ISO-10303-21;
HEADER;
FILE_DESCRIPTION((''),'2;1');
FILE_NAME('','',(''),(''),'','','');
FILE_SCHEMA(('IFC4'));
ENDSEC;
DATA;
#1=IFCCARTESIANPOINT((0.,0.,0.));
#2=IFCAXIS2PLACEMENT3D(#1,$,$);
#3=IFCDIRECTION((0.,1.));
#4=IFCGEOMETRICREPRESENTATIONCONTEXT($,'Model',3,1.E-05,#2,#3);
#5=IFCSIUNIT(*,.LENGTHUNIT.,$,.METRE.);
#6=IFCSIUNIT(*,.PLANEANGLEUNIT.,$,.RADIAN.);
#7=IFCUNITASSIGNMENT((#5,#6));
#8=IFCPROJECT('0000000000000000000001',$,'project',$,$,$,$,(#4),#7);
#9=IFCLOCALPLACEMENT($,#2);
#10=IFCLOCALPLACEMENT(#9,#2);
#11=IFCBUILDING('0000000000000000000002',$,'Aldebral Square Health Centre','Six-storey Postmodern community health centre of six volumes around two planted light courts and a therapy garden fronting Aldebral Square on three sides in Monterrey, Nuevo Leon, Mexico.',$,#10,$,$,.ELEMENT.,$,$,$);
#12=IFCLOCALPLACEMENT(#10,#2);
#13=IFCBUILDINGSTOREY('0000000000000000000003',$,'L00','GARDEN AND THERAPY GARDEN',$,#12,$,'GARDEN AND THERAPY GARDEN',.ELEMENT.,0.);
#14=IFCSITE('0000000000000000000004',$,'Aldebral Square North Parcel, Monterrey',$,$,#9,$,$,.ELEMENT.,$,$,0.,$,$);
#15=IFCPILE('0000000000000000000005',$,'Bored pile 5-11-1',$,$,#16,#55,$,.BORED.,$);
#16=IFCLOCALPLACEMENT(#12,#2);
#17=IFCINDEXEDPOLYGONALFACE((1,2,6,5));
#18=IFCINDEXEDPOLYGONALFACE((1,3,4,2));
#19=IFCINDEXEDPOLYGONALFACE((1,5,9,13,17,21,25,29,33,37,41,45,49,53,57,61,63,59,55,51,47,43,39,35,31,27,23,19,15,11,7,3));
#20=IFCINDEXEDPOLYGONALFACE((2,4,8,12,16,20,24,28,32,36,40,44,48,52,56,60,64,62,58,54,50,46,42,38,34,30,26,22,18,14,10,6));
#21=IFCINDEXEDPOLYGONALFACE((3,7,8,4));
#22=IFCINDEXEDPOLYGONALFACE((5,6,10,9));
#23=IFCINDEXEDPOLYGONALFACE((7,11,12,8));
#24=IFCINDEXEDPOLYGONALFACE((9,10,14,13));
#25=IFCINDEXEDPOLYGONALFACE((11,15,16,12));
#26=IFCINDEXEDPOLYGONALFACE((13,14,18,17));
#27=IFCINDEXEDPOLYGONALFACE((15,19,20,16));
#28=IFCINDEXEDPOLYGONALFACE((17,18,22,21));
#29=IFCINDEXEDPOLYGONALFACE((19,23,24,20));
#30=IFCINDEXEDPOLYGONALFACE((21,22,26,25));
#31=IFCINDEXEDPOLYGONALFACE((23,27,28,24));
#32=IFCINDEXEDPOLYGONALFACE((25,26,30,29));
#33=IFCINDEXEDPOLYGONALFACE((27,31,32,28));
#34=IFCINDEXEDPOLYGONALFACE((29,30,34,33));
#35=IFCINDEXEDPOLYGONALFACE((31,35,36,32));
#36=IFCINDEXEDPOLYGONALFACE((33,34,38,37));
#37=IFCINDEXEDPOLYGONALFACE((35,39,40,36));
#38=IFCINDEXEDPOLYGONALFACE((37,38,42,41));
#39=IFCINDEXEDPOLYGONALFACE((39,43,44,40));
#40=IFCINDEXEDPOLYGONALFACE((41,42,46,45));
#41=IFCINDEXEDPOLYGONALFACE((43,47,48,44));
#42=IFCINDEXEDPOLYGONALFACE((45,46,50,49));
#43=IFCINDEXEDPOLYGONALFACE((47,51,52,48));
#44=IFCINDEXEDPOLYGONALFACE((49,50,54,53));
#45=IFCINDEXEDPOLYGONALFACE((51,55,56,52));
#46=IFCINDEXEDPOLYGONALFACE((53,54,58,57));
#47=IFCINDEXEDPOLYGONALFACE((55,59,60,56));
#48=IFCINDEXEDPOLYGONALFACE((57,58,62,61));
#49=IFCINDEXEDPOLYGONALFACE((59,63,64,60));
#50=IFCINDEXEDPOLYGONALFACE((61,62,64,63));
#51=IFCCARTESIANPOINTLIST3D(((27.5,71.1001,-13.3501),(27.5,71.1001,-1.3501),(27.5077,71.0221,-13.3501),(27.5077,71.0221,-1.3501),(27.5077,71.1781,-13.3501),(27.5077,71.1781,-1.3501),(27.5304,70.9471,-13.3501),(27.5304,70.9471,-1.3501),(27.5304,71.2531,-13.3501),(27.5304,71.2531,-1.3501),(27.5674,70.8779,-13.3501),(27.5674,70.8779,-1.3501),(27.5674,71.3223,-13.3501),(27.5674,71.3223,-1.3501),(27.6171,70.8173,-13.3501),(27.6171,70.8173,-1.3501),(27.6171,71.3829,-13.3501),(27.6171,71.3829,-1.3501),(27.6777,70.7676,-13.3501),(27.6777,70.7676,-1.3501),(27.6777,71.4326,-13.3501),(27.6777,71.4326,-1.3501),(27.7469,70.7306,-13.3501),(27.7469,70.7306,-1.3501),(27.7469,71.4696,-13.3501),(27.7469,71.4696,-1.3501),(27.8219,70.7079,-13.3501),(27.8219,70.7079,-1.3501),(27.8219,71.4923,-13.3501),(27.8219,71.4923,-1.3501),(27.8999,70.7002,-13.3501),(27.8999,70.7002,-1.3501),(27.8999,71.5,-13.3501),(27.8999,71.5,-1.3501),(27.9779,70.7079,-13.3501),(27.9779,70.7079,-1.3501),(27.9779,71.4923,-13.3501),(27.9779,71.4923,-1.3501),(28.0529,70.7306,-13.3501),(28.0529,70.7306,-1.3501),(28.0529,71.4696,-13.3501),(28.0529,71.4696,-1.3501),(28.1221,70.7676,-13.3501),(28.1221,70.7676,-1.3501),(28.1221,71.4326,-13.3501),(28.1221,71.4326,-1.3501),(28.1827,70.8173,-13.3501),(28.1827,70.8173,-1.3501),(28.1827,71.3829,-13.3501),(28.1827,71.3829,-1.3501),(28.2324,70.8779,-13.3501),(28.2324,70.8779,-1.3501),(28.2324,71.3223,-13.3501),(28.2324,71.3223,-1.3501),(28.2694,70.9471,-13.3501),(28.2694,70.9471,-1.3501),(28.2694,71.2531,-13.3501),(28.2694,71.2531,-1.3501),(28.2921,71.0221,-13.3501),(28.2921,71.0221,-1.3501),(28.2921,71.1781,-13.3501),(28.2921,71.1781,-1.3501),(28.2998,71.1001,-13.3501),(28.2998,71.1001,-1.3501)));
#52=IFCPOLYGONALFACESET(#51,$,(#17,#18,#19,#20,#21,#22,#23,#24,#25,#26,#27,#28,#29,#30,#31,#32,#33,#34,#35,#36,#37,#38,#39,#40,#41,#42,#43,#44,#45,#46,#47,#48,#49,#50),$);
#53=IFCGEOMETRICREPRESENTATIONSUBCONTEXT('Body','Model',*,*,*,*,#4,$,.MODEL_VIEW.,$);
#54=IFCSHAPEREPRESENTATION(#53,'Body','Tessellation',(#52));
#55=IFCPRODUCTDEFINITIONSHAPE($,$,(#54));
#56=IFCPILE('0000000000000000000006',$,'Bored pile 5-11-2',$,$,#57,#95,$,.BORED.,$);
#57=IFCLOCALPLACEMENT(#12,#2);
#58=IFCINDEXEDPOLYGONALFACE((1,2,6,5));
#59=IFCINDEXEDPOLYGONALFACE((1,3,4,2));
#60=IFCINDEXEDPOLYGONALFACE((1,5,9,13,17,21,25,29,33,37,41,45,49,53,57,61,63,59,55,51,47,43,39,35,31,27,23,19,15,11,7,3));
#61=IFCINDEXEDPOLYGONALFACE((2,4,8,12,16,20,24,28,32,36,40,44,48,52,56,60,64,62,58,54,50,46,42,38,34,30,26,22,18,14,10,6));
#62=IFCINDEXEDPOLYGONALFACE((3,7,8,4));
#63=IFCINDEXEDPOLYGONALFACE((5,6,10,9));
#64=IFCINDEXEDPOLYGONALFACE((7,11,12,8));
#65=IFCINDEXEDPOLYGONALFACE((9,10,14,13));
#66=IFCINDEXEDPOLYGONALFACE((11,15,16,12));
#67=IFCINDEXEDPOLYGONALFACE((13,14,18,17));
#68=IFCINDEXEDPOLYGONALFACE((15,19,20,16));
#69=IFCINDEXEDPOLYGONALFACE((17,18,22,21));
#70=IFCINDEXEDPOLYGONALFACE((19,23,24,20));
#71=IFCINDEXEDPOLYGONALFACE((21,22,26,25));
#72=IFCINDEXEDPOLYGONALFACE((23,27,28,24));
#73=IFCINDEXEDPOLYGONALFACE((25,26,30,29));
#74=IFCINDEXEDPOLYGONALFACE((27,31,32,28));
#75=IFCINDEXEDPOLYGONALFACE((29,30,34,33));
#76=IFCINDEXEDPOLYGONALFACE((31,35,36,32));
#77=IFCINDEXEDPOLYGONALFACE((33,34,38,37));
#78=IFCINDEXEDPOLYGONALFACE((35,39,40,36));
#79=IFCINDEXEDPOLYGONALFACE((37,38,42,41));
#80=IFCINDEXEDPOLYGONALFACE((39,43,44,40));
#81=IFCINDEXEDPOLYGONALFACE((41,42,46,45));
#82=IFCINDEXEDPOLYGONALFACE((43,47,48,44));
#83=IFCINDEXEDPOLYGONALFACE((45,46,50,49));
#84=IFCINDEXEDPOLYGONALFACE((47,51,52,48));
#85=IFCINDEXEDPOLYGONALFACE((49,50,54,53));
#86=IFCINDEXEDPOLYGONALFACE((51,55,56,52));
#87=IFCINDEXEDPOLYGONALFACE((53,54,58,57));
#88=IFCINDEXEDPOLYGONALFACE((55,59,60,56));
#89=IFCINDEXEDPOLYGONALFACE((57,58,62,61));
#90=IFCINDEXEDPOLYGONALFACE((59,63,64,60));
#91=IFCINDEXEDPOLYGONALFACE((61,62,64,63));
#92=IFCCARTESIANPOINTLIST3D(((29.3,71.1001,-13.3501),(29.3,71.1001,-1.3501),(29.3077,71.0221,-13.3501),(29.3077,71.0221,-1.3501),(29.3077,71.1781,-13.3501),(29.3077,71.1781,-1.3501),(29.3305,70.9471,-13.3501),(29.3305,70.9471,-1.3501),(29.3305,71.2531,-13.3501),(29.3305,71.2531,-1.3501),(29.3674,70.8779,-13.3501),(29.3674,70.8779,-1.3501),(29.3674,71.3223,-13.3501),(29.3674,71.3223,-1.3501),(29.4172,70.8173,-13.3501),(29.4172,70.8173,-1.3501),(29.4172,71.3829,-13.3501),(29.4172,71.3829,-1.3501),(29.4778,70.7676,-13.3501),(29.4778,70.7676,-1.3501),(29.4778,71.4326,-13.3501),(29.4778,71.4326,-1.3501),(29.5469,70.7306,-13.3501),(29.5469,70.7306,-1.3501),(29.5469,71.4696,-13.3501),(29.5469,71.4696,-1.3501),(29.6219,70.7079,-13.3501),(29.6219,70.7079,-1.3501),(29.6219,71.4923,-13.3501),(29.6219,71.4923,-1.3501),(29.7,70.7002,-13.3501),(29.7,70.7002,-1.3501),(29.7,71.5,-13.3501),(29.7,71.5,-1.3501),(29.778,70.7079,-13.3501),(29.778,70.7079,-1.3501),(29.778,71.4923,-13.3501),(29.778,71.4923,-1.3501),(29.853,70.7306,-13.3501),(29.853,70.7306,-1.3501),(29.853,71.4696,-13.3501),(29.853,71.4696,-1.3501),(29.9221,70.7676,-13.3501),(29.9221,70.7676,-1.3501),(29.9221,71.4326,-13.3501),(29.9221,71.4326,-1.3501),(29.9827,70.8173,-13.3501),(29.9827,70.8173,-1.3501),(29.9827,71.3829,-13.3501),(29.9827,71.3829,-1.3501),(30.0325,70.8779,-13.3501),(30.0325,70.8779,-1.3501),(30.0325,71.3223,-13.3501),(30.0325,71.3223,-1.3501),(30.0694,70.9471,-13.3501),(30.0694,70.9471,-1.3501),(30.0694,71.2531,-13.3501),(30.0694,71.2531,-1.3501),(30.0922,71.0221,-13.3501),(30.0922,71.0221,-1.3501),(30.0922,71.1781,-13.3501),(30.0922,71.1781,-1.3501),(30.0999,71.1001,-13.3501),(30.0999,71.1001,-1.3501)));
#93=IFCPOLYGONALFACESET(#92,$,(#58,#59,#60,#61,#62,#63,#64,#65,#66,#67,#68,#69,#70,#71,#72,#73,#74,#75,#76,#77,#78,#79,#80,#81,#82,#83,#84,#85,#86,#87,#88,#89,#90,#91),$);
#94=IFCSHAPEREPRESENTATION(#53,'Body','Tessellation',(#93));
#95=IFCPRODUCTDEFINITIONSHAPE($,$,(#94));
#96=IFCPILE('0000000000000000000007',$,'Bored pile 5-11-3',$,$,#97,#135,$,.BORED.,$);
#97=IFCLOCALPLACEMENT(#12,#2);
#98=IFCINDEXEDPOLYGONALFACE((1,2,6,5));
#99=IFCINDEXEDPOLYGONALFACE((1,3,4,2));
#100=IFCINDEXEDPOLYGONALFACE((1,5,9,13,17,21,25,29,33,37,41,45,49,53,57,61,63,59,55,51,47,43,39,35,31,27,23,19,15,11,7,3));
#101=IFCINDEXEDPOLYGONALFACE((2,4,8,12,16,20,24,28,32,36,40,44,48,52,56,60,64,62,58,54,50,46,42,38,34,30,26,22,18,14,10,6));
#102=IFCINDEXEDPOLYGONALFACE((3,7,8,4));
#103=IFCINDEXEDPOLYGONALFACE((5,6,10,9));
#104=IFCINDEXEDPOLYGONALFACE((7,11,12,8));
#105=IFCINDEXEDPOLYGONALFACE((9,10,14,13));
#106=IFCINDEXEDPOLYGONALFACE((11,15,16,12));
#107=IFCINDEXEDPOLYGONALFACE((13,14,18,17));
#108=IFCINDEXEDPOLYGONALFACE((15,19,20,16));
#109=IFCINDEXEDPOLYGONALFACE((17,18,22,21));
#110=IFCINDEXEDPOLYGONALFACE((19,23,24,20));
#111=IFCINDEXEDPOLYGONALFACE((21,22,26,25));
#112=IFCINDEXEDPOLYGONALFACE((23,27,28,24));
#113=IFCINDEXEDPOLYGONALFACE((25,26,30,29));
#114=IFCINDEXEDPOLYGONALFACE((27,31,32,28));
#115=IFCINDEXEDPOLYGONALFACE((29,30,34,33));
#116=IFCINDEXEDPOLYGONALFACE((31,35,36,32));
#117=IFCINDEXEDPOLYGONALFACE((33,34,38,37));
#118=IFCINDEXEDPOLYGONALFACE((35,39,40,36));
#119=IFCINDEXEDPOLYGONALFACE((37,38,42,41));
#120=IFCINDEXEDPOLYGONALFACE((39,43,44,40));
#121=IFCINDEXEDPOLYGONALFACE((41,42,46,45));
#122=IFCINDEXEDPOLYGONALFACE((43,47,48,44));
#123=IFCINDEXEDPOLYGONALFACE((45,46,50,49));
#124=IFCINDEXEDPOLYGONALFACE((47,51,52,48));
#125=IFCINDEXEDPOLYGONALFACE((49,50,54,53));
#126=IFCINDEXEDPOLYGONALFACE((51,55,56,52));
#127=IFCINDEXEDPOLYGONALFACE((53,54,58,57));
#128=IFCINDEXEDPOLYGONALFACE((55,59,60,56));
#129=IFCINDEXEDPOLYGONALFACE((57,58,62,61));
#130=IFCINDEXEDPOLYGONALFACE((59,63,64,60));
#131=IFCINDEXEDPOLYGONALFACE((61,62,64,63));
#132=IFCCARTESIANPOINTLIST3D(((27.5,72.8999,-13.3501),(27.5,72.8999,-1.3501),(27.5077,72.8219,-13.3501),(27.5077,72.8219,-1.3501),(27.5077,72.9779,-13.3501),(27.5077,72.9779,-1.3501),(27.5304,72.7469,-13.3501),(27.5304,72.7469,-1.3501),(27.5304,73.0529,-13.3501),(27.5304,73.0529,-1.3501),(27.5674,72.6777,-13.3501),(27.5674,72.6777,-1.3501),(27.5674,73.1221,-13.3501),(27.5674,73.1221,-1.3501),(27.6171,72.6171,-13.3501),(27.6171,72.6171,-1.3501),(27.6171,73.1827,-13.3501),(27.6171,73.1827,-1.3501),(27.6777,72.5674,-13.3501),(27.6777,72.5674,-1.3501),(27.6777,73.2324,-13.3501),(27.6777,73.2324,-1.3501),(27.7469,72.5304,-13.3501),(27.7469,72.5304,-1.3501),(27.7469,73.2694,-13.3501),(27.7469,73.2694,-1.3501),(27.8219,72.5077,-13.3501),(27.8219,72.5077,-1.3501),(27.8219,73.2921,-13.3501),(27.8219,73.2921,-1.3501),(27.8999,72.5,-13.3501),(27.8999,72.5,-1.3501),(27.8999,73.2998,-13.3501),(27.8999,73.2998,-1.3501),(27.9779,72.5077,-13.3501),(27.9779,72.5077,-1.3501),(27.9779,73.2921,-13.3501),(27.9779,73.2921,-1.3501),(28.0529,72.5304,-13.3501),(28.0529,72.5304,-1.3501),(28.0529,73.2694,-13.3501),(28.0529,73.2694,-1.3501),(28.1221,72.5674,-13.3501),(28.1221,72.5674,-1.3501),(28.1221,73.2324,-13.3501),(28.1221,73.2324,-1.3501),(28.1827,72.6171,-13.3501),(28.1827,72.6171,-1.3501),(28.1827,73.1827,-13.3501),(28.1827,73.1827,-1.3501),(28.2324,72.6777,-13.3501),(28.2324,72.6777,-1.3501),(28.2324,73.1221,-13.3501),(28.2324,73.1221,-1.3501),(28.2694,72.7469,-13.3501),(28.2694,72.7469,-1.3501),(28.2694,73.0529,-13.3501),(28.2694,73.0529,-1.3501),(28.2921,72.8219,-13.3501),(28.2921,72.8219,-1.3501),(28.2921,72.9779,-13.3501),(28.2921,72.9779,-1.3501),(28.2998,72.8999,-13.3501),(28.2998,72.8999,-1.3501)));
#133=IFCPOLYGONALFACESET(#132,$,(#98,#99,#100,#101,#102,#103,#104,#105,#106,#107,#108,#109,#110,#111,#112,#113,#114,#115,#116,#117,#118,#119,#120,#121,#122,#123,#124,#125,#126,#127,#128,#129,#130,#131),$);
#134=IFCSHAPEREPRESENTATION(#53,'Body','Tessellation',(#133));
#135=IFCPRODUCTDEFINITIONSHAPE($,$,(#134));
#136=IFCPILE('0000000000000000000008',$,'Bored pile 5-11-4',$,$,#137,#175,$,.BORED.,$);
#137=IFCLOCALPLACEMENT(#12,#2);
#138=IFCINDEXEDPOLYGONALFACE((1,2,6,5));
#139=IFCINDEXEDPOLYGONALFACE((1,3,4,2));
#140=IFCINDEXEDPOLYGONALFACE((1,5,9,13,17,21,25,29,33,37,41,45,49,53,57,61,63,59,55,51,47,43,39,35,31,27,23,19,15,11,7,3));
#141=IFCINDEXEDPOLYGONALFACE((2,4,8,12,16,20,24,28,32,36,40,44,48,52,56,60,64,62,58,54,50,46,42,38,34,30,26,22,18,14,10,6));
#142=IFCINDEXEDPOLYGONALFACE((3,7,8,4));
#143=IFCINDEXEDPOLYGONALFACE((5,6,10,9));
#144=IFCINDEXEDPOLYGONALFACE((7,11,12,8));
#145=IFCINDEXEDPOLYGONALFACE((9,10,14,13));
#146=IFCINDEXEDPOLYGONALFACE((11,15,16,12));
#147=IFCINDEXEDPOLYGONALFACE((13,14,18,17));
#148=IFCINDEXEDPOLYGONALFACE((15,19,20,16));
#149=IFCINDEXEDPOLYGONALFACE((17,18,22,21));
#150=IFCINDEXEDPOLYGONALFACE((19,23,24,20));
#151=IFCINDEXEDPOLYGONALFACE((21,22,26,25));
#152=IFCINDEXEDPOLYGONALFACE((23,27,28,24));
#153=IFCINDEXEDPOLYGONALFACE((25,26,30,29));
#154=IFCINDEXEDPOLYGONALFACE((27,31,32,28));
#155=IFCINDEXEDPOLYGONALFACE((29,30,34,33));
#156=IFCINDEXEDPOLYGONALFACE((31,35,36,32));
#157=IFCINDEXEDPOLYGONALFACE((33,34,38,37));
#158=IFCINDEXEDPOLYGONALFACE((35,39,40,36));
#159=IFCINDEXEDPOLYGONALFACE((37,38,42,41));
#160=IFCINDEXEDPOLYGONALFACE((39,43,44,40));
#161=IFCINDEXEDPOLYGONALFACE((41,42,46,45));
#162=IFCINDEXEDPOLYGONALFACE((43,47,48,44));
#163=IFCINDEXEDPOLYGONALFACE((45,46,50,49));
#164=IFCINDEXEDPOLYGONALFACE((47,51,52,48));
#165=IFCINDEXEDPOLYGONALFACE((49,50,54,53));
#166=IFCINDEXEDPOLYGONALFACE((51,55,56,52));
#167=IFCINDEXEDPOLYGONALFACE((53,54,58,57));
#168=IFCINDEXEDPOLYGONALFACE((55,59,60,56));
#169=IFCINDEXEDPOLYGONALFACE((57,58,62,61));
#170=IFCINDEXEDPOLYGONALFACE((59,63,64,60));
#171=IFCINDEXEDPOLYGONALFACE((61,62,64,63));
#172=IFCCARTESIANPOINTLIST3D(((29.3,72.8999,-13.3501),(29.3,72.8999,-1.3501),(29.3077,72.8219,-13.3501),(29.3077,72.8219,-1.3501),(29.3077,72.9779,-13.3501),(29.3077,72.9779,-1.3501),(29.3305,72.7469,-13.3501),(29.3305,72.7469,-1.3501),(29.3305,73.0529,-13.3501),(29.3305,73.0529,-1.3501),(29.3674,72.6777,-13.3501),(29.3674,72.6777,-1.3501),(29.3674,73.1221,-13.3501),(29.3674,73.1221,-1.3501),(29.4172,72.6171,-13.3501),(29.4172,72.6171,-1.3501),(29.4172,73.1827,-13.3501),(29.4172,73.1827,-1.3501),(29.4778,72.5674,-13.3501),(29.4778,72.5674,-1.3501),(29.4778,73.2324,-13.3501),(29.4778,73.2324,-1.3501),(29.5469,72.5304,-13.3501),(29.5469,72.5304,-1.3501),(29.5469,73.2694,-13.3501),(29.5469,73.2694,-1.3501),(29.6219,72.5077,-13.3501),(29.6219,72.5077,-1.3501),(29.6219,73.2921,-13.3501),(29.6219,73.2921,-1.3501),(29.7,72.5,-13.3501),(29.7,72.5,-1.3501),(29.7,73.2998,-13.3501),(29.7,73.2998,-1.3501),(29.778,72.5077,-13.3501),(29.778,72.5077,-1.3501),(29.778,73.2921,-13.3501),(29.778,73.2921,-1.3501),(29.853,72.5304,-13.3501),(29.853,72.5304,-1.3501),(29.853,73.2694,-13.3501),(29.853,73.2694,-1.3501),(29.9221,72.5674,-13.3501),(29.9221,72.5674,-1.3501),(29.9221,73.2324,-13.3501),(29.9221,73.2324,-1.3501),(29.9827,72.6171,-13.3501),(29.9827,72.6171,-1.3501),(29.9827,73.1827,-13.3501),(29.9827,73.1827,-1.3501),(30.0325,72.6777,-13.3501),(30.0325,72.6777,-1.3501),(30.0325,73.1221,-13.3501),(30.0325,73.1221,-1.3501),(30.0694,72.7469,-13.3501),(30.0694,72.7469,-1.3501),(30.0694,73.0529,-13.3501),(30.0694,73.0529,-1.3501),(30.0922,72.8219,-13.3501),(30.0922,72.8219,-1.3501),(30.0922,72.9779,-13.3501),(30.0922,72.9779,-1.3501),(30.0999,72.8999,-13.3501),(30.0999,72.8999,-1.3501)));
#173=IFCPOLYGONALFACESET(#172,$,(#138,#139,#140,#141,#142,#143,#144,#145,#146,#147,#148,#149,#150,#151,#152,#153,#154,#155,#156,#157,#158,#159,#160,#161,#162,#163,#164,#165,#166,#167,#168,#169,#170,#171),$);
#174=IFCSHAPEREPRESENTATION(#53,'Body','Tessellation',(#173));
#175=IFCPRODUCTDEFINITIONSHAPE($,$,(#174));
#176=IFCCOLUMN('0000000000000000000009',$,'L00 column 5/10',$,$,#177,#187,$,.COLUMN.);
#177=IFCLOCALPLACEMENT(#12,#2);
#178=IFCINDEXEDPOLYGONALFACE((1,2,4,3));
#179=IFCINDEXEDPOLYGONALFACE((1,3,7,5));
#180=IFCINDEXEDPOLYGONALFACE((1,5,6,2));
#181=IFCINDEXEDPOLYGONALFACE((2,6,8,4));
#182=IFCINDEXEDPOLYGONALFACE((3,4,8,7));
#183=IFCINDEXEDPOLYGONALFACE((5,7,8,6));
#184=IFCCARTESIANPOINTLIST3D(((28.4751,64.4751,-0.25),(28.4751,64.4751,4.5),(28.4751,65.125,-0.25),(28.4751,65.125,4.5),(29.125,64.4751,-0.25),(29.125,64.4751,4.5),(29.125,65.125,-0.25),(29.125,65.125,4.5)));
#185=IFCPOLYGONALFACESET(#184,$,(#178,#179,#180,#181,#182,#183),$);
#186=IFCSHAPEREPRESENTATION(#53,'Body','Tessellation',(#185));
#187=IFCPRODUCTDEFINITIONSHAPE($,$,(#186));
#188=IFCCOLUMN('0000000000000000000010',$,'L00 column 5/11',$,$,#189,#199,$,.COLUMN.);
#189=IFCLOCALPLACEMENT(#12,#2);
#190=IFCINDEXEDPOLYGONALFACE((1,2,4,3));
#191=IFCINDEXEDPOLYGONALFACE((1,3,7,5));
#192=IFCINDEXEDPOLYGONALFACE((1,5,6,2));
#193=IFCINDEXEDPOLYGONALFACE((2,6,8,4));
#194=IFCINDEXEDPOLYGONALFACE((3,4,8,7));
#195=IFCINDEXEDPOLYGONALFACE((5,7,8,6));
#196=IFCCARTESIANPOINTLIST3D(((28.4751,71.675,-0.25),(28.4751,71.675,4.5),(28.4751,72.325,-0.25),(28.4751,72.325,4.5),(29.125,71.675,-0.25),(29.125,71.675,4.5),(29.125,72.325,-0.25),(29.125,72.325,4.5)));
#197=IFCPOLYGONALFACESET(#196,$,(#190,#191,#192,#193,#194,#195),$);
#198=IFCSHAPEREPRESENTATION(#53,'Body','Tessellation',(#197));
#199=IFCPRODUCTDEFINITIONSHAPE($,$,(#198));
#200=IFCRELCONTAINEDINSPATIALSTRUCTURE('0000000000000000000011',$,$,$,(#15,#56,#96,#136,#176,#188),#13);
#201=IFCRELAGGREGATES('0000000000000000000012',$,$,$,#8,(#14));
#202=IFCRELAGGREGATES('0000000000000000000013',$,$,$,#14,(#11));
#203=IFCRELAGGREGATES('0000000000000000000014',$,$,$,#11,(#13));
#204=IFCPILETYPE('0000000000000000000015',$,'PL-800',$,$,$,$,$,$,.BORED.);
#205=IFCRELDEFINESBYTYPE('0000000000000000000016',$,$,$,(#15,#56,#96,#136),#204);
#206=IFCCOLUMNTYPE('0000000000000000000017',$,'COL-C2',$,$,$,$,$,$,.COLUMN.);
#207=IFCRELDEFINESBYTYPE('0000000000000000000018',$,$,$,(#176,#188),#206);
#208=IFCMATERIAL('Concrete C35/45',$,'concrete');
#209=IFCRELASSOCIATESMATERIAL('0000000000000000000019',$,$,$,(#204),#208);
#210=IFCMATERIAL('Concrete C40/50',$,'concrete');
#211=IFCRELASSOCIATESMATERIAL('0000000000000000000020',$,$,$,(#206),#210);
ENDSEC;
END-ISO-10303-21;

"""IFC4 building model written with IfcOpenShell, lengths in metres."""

from ifc_helpers import new_model, si_unit, direction, frame, origin, origin_2d, place, context, subcontext, project, spatial, rectangle, circle, extrude, material, material_profile, profile_set, type_object, element, save


model = new_model("IFC4")

# Units and contexts
model_context = context("Model", 3, precision=1e-05, world=origin(), true_north=direction((0.0, 1.0)))
body_context = subcontext(model_context, "Body", "Model", "MODEL_VIEW")
ifc_project = project(units=[si_unit("LENGTHUNIT", "METRE"), si_unit("PLANEANGLEUNIT", "RADIAN")], contexts=[model_context])

# Site, building, storey
site_placement = place(None, origin())
site = spatial("IfcSite", under=ifc_project, at=site_placement, Name="Aldebral Square North Parcel, Monterrey", CompositionType="ELEMENT", RefElevation=0.0)
building_placement = place(site_placement, origin())
building = spatial("IfcBuilding", under=site, at=building_placement, Name="Aldebral Square Health Centre", Description="Six-storey Postmodern community health centre of six volumes around two planted light courts and a therapy garden fronting Aldebral Square on three sides in Monterrey, Nuevo Leon, Mexico.", CompositionType="ELEMENT")
storey_placement = place(building_placement, origin())
storey = spatial("IfcBuildingStorey", under=building, at=storey_placement, Name="L00", Description="GARDEN AND THERAPY GARDEN", LongName="GARDEN AND THERAPY GARDEN", CompositionType="ELEMENT", Elevation=0.0)

# Shared definitions
ifc_material_1 = material(Name="Concrete C35/45", Category="concrete")

# Piles
ifc_material_profile_1 = material_profile(ifc_material_1, circle(Radius=0.3999, at=origin_2d()), Name="PILE D800")
ifc_profile_set_1 = profile_set([ifc_material_profile_1], Name="Concrete C35/45")
pile_type_1 = type_object("IfcPileType", Name="PL-800", PredefinedType="BORED", material=ifc_profile_set_1)
for number, where, z_axis, x_axis, name in (
    (1, (27.8999, 71.1001, -1.3501), (0.0, 0.0, -1.0), (1.0, 0.0, 0.0), "Bored pile 5-11-1"),
    (2, (29.7, 71.1001, -1.3501), (0.0, 0.0, -1.0), (1.0, 0.0, 0.0), "Bored pile 5-11-2"),
    (3, (27.8999, 72.8999, -1.3501), (0.0, 0.0, -1.0), (1.0, 0.0, 0.0), "Bored pile 5-11-3"),
    (4, (29.7, 72.8999, -1.3501), (0.0, 0.0, -1.0), (1.0, 0.0, 0.0), "Bored pile 5-11-4"),
):
    element("IfcPile", number, at=place(storey_placement, frame(where, z_axis=z_axis, x_axis=x_axis)), inside=storey, type_object=pile_type_1, Name=name, PredefinedType="BORED", context=body_context, shape_type="SweptSolid", body=[
        extrude(circle(Radius=0.3999, at=origin_2d()), origin(), (0.0, 0.0, 1.0), 12.0),
    ])

# Columns
ifc_material_2 = material(Name="Concrete C40/50", Category="concrete")
ifc_material_profile_2 = material_profile(ifc_material_2, rectangle(XDim=0.6499, YDim=0.6499, at=origin_2d()), Name="RC 650x650")
ifc_profile_set_2 = profile_set([ifc_material_profile_2], Name="Concrete C40/50")
column_type_1 = type_object("IfcColumnType", Name="COL-C2", PredefinedType="COLUMN", material=ifc_profile_set_2)
for number, where, z_axis, x_axis, name in (
    (5, (28.8, 64.8, -0.25), (0.0, 0.0, 1.0), (1.0, 0.0, 0.0), "L00 column 5/10"),
    (6, (28.8, 72.0, -0.25), (0.0, 0.0, 1.0), (1.0, 0.0, 0.0), "L00 column 5/11"),
):
    element("IfcColumn", number, at=place(storey_placement, frame(where, z_axis=z_axis, x_axis=x_axis)), inside=storey, type_object=column_type_1, Name=name, PredefinedType="COLUMN", context=body_context, shape_type="SweptSolid", body=[
        extrude(rectangle(XDim=0.6499, YDim=0.6499, at=origin_2d()), origin(), (0.0, 0.0, 1.0), 4.75),
    ])

save(model, "model.ifc")
